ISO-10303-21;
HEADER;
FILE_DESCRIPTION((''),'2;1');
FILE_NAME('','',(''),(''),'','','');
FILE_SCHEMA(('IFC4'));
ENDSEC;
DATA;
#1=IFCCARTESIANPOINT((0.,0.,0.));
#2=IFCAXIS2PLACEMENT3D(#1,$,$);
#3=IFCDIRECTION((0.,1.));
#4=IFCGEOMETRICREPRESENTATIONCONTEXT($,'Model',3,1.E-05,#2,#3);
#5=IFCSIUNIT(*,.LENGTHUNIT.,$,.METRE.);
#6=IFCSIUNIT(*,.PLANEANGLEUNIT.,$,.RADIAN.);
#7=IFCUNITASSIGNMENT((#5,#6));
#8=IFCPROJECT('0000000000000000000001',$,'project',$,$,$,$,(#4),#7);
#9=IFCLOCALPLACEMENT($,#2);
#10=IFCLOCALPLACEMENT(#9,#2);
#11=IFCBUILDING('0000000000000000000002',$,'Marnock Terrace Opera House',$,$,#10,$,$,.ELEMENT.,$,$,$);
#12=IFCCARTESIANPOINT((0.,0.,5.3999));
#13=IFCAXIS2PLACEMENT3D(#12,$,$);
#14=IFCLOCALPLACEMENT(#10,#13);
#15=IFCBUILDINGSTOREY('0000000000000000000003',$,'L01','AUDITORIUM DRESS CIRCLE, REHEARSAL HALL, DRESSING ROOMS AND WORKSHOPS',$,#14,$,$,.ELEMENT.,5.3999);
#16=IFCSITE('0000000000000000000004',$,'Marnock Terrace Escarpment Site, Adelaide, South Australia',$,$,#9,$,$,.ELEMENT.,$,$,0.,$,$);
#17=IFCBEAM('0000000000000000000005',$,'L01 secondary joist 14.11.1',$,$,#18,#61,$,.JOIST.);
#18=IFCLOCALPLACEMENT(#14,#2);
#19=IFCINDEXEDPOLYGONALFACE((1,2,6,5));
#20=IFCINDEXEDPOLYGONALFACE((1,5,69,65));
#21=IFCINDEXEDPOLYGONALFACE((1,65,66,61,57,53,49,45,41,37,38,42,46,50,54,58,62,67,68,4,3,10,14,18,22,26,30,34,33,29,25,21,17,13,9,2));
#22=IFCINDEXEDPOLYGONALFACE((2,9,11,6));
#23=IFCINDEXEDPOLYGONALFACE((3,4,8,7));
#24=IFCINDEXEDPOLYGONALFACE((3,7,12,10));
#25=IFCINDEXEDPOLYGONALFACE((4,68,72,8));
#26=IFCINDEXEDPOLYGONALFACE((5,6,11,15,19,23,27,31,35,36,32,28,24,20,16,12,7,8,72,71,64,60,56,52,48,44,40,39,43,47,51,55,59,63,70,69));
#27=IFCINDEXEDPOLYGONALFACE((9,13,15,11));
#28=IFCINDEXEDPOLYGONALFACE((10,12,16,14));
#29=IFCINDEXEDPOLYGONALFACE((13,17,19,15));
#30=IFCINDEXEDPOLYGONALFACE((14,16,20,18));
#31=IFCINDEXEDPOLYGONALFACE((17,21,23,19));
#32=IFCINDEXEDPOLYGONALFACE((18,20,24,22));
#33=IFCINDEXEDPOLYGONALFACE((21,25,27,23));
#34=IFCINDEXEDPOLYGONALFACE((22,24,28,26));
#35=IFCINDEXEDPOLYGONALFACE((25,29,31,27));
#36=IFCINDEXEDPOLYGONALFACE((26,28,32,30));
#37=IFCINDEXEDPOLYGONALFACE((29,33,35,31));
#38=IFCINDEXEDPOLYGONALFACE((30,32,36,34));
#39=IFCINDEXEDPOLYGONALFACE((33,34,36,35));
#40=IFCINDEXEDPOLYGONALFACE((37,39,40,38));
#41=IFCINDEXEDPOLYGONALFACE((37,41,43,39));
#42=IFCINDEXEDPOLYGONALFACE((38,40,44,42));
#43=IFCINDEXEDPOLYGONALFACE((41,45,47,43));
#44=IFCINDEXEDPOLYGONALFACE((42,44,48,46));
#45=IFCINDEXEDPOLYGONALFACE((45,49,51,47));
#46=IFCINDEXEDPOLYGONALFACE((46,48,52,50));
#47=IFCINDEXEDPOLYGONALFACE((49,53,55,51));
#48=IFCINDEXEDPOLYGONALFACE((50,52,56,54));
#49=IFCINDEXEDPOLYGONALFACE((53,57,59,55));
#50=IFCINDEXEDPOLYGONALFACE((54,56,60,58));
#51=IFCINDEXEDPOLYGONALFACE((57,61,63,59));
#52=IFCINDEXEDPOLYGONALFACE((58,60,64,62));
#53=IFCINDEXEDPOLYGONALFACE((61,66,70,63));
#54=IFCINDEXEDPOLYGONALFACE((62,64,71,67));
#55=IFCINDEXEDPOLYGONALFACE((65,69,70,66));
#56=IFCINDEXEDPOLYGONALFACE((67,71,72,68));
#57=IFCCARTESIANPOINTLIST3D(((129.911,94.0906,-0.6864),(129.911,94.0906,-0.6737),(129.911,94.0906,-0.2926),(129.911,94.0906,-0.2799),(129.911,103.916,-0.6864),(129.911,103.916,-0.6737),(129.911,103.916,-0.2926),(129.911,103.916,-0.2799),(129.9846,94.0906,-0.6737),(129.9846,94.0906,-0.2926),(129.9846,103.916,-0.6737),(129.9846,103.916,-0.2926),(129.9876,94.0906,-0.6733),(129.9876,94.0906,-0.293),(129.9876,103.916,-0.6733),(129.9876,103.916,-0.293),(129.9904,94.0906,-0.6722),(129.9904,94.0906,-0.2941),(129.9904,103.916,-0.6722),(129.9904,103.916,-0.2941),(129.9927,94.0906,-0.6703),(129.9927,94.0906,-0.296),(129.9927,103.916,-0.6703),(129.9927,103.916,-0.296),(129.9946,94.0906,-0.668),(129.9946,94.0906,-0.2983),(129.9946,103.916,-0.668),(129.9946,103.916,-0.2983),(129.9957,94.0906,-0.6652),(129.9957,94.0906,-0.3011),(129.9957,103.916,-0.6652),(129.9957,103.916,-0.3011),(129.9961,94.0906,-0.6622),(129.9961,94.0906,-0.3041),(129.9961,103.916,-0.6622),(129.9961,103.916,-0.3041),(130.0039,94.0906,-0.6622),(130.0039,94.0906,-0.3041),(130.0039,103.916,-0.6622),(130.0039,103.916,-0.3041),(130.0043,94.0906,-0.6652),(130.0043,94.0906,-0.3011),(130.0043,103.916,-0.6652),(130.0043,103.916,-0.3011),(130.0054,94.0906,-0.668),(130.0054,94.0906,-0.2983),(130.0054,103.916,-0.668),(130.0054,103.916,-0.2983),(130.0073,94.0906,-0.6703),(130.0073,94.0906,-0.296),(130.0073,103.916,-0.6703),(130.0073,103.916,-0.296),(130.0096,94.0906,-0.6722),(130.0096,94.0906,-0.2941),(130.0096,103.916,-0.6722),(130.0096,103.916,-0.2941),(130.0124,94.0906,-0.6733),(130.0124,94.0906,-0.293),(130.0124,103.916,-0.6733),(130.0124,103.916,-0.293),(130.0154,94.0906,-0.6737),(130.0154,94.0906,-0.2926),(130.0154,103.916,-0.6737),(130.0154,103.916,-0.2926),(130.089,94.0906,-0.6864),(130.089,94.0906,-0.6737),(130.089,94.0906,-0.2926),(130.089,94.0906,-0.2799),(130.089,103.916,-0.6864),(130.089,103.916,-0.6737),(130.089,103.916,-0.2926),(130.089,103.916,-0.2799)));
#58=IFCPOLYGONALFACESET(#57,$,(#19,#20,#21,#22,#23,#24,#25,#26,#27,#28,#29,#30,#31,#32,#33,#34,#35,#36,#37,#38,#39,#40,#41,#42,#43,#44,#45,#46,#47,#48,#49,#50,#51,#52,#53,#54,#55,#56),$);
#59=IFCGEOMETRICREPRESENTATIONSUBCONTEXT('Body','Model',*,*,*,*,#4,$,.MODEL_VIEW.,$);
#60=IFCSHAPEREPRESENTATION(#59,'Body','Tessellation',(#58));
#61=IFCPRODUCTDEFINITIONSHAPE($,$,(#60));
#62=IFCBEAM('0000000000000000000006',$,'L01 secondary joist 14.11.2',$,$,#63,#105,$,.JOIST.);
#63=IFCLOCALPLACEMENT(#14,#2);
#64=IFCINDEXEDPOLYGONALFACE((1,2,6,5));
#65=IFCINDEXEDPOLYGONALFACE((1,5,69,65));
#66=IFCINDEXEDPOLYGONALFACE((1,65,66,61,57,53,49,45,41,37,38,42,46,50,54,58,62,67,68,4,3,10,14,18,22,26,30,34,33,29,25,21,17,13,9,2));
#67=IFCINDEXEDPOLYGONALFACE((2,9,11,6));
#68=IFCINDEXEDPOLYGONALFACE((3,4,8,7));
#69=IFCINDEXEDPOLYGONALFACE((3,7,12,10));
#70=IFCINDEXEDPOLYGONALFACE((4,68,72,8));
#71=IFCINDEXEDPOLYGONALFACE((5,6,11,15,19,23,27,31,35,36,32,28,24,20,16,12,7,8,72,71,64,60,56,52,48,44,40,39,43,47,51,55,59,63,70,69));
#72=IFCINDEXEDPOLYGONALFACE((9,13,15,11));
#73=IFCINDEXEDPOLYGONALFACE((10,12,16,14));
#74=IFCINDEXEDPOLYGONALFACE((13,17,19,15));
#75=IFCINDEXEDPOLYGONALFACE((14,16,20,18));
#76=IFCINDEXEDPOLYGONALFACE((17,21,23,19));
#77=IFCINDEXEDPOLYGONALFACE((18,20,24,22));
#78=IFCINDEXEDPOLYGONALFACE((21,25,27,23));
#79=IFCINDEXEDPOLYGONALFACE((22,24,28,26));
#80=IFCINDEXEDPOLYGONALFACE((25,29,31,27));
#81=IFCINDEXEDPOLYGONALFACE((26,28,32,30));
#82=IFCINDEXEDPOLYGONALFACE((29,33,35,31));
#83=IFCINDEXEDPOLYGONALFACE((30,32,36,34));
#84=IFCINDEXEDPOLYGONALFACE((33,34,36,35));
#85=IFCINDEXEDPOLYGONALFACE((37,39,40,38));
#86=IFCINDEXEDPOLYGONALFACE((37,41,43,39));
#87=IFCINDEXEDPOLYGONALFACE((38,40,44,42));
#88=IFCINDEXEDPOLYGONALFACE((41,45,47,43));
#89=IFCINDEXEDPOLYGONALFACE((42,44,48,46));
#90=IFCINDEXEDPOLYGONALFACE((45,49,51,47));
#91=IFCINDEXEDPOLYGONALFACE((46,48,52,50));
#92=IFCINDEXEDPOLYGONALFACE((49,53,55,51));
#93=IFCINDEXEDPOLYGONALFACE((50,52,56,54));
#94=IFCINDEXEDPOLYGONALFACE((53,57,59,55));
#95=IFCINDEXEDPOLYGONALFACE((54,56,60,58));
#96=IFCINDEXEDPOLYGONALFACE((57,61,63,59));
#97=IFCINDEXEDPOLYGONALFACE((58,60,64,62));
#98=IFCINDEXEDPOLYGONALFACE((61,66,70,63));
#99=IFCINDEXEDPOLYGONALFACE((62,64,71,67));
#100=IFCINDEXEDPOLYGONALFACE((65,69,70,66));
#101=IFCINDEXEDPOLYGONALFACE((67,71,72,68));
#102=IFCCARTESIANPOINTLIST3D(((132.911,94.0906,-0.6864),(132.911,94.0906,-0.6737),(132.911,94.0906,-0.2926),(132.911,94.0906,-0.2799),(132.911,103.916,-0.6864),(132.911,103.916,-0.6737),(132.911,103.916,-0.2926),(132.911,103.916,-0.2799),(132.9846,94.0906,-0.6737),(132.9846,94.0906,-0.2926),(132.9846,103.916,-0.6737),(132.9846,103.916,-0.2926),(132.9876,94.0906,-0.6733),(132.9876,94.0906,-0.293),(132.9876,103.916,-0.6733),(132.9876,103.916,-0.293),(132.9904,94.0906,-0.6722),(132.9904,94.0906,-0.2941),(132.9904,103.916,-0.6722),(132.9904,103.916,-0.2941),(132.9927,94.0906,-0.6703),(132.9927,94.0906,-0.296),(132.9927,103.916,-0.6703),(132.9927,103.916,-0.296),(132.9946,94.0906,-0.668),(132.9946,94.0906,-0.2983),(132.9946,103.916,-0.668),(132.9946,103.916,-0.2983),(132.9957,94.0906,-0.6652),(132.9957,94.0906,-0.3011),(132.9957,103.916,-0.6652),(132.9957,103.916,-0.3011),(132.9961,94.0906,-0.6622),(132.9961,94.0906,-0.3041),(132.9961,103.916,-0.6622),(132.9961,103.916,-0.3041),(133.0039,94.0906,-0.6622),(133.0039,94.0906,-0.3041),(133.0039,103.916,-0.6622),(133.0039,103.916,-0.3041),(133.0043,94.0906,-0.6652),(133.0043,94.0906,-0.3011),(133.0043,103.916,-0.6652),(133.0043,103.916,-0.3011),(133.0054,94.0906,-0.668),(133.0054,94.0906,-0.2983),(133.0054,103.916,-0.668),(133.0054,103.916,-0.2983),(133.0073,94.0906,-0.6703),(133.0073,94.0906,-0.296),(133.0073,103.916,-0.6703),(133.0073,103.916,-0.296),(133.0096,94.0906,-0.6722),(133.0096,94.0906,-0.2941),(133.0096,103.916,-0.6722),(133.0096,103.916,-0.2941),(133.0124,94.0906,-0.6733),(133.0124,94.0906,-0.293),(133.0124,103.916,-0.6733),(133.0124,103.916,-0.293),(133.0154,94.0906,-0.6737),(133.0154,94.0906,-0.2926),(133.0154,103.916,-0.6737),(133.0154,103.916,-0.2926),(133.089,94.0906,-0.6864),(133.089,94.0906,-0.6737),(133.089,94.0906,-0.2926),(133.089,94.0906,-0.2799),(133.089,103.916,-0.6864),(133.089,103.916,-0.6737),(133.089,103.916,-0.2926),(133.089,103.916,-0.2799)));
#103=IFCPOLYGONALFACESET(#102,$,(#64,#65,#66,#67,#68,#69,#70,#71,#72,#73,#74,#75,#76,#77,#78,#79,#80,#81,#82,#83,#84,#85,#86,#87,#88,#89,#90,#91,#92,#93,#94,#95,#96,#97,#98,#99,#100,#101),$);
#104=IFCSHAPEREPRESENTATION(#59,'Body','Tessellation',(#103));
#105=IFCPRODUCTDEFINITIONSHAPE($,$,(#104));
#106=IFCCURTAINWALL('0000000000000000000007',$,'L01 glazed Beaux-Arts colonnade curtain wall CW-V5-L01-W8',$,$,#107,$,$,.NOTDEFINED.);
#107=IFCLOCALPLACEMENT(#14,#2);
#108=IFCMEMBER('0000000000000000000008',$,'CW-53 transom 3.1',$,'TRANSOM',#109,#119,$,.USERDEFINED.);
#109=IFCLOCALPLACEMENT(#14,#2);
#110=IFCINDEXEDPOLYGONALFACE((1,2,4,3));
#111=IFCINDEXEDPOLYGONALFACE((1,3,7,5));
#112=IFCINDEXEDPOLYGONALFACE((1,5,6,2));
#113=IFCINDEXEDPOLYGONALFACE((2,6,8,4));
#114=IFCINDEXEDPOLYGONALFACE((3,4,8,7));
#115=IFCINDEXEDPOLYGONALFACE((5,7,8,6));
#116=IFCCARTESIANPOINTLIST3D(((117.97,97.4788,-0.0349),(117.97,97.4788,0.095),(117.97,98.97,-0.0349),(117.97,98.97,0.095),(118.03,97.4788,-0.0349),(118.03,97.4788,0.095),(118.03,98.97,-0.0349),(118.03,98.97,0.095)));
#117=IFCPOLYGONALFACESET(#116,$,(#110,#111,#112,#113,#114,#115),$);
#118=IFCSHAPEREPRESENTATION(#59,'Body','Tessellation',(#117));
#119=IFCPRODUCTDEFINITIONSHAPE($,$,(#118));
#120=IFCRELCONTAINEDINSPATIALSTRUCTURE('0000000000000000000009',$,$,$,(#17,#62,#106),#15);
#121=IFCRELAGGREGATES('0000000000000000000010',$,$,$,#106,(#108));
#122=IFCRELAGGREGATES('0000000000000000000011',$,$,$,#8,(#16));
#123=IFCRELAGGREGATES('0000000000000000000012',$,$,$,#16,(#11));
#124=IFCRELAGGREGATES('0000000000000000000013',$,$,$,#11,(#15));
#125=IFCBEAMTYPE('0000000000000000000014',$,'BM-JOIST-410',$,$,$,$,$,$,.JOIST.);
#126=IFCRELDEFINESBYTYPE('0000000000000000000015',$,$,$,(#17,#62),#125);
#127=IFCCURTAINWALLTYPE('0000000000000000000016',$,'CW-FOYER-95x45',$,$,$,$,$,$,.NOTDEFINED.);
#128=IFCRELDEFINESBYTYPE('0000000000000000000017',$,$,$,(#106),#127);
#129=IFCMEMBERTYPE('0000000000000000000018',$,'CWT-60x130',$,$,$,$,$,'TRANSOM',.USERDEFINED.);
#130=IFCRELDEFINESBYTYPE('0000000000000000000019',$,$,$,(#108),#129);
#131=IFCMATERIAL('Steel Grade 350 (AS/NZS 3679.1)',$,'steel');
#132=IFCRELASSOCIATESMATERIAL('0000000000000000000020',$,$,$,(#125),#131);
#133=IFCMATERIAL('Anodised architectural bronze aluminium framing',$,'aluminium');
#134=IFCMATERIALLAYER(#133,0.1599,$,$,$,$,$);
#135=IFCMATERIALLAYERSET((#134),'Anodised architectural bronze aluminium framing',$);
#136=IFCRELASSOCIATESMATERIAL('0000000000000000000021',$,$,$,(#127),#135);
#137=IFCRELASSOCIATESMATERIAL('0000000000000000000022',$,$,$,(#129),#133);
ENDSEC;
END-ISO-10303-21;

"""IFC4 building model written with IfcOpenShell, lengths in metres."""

from ifc_helpers import new_model, si_unit, direction, frame, origin, origin_2d, place, context, subcontext, project, spatial, rectangle, i_section, extrude, material, layer, layer_set, material_profile, profile_set, type_object, element, aggregate, save


model = new_model("IFC4")

# Units and contexts
model_context = context("Model", 3, precision=1e-05, world=origin(), true_north=direction((0.0, 1.0)))
body_context = subcontext(model_context, "Body", "Model", "MODEL_VIEW")
ifc_project = project(units=[si_unit("LENGTHUNIT", "METRE"), si_unit("PLANEANGLEUNIT", "RADIAN")], contexts=[model_context])

# Site, building, storey
site_placement = place(None, origin())
site = spatial("IfcSite", under=ifc_project, at=site_placement, Name="Marnock Terrace Escarpment Site, Adelaide, South Australia", CompositionType="ELEMENT", RefElevation=0.0)
building_placement = place(site_placement, origin())
building = spatial("IfcBuilding", under=site, at=building_placement, Name="Marnock Terrace Opera House", CompositionType="ELEMENT")
storey_placement = place(building_placement, frame((0.0, 0.0, 5.3999)))
storey = spatial("IfcBuildingStorey", under=building, at=storey_placement, Name="L01", Description="AUDITORIUM DRESS CIRCLE, REHEARSAL HALL, DRESSING ROOMS AND WORKSHOPS", CompositionType="ELEMENT", Elevation=5.3999)

# Beams
ifc_material_1 = material(Name="Steel Grade 350 (AS/NZS 3679.1)", Category="steel")
ifc_material_profile_1 = material_profile(ifc_material_1, i_section(OverallWidth=0.178, OverallDepth=0.4065, WebThickness=0.0078, FlangeThickness=0.0127, FilletRadius=0.0115, at=origin_2d()))
ifc_profile_set_1 = profile_set([ifc_material_profile_1], Name="Steel Grade 350 (AS/NZS 3679.1)")
beam_type_1 = type_object("IfcBeamType", Name="BM-JOIST-410", PredefinedType="JOIST", material=ifc_profile_set_1)
for number, where, z_axis, x_axis, name in (
    (1, (130.0, 94.0906, -0.4832), (0.0, 1.0, 0.0), (-1.0, 0.0, 0.0), "L01 secondary joist 14.11.1"),
    (2, (133.0, 94.0906, -0.4832), (0.0, 1.0, 0.0), (-1.0, 0.0, 0.0), "L01 secondary joist 14.11.2"),
):
    element("IfcBeam", number, at=place(storey_placement, frame(where, z_axis=z_axis, x_axis=x_axis)), inside=storey, type_object=beam_type_1, Name=name, PredefinedType="JOIST", context=body_context, shape_type="SweptSolid", body=[
        extrude(i_section(OverallWidth=0.178, OverallDepth=0.4065, WebThickness=0.0078, FlangeThickness=0.0127, FilletRadius=0.0115, at=origin_2d()), origin(), (0.0, 0.0, 1.0), 9.8254),
    ])

# Curtain wall, member
ifc_material_2 = material(Name="Anodised architectural bronze aluminium framing", Category="aluminium")
ifc_layer = layer(ifc_material_2, 0.1599)
ifc_layer_set = layer_set([ifc_layer], Name="Anodised architectural bronze aluminium framing")
curtain_wall_type = type_object("IfcCurtainWallType", Name="CW-FOYER-95x45", PredefinedType="NOTDEFINED", material=ifc_layer_set)
curtain_wall_placement = place(storey_placement, origin())
curtain_wall = element("IfcCurtainWall", 3, at=curtain_wall_placement, inside=storey, type_object=curtain_wall_type, Name="L01 glazed Beaux-Arts colonnade curtain wall CW-V5-L01-W8", PredefinedType="NOTDEFINED")
ifc_material_profile_2 = material_profile(ifc_material_2, rectangle(XDim=0.0601, YDim=0.1299, at=origin_2d()))
ifc_profile_set_2 = profile_set([ifc_material_profile_2], Name="Anodised architectural bronze aluminium framing")
member_type = type_object("IfcMemberType", Name="CWT-60x130", ElementType="TRANSOM", PredefinedType="USERDEFINED", material=ifc_profile_set_2)
member_placement = place(storey_placement, frame((118.0, 97.4788, 0.03), z_axis=(0.0, 1.0, 0.0), x_axis=(-1.0, 0.0, 0.0)))
member = element("IfcMember", 4, at=member_placement, type_object=member_type, Name="CW-53 transom 3.1", ObjectType="TRANSOM", PredefinedType="USERDEFINED", context=body_context, shape_type="SweptSolid", body=[
    extrude(rectangle(XDim=0.0601, YDim=0.1299, at=origin_2d()), origin(), (0.0, 0.0, 1.0), 1.4912),
])
aggregate(curtain_wall, [member])

save(model, "model.ifc")
